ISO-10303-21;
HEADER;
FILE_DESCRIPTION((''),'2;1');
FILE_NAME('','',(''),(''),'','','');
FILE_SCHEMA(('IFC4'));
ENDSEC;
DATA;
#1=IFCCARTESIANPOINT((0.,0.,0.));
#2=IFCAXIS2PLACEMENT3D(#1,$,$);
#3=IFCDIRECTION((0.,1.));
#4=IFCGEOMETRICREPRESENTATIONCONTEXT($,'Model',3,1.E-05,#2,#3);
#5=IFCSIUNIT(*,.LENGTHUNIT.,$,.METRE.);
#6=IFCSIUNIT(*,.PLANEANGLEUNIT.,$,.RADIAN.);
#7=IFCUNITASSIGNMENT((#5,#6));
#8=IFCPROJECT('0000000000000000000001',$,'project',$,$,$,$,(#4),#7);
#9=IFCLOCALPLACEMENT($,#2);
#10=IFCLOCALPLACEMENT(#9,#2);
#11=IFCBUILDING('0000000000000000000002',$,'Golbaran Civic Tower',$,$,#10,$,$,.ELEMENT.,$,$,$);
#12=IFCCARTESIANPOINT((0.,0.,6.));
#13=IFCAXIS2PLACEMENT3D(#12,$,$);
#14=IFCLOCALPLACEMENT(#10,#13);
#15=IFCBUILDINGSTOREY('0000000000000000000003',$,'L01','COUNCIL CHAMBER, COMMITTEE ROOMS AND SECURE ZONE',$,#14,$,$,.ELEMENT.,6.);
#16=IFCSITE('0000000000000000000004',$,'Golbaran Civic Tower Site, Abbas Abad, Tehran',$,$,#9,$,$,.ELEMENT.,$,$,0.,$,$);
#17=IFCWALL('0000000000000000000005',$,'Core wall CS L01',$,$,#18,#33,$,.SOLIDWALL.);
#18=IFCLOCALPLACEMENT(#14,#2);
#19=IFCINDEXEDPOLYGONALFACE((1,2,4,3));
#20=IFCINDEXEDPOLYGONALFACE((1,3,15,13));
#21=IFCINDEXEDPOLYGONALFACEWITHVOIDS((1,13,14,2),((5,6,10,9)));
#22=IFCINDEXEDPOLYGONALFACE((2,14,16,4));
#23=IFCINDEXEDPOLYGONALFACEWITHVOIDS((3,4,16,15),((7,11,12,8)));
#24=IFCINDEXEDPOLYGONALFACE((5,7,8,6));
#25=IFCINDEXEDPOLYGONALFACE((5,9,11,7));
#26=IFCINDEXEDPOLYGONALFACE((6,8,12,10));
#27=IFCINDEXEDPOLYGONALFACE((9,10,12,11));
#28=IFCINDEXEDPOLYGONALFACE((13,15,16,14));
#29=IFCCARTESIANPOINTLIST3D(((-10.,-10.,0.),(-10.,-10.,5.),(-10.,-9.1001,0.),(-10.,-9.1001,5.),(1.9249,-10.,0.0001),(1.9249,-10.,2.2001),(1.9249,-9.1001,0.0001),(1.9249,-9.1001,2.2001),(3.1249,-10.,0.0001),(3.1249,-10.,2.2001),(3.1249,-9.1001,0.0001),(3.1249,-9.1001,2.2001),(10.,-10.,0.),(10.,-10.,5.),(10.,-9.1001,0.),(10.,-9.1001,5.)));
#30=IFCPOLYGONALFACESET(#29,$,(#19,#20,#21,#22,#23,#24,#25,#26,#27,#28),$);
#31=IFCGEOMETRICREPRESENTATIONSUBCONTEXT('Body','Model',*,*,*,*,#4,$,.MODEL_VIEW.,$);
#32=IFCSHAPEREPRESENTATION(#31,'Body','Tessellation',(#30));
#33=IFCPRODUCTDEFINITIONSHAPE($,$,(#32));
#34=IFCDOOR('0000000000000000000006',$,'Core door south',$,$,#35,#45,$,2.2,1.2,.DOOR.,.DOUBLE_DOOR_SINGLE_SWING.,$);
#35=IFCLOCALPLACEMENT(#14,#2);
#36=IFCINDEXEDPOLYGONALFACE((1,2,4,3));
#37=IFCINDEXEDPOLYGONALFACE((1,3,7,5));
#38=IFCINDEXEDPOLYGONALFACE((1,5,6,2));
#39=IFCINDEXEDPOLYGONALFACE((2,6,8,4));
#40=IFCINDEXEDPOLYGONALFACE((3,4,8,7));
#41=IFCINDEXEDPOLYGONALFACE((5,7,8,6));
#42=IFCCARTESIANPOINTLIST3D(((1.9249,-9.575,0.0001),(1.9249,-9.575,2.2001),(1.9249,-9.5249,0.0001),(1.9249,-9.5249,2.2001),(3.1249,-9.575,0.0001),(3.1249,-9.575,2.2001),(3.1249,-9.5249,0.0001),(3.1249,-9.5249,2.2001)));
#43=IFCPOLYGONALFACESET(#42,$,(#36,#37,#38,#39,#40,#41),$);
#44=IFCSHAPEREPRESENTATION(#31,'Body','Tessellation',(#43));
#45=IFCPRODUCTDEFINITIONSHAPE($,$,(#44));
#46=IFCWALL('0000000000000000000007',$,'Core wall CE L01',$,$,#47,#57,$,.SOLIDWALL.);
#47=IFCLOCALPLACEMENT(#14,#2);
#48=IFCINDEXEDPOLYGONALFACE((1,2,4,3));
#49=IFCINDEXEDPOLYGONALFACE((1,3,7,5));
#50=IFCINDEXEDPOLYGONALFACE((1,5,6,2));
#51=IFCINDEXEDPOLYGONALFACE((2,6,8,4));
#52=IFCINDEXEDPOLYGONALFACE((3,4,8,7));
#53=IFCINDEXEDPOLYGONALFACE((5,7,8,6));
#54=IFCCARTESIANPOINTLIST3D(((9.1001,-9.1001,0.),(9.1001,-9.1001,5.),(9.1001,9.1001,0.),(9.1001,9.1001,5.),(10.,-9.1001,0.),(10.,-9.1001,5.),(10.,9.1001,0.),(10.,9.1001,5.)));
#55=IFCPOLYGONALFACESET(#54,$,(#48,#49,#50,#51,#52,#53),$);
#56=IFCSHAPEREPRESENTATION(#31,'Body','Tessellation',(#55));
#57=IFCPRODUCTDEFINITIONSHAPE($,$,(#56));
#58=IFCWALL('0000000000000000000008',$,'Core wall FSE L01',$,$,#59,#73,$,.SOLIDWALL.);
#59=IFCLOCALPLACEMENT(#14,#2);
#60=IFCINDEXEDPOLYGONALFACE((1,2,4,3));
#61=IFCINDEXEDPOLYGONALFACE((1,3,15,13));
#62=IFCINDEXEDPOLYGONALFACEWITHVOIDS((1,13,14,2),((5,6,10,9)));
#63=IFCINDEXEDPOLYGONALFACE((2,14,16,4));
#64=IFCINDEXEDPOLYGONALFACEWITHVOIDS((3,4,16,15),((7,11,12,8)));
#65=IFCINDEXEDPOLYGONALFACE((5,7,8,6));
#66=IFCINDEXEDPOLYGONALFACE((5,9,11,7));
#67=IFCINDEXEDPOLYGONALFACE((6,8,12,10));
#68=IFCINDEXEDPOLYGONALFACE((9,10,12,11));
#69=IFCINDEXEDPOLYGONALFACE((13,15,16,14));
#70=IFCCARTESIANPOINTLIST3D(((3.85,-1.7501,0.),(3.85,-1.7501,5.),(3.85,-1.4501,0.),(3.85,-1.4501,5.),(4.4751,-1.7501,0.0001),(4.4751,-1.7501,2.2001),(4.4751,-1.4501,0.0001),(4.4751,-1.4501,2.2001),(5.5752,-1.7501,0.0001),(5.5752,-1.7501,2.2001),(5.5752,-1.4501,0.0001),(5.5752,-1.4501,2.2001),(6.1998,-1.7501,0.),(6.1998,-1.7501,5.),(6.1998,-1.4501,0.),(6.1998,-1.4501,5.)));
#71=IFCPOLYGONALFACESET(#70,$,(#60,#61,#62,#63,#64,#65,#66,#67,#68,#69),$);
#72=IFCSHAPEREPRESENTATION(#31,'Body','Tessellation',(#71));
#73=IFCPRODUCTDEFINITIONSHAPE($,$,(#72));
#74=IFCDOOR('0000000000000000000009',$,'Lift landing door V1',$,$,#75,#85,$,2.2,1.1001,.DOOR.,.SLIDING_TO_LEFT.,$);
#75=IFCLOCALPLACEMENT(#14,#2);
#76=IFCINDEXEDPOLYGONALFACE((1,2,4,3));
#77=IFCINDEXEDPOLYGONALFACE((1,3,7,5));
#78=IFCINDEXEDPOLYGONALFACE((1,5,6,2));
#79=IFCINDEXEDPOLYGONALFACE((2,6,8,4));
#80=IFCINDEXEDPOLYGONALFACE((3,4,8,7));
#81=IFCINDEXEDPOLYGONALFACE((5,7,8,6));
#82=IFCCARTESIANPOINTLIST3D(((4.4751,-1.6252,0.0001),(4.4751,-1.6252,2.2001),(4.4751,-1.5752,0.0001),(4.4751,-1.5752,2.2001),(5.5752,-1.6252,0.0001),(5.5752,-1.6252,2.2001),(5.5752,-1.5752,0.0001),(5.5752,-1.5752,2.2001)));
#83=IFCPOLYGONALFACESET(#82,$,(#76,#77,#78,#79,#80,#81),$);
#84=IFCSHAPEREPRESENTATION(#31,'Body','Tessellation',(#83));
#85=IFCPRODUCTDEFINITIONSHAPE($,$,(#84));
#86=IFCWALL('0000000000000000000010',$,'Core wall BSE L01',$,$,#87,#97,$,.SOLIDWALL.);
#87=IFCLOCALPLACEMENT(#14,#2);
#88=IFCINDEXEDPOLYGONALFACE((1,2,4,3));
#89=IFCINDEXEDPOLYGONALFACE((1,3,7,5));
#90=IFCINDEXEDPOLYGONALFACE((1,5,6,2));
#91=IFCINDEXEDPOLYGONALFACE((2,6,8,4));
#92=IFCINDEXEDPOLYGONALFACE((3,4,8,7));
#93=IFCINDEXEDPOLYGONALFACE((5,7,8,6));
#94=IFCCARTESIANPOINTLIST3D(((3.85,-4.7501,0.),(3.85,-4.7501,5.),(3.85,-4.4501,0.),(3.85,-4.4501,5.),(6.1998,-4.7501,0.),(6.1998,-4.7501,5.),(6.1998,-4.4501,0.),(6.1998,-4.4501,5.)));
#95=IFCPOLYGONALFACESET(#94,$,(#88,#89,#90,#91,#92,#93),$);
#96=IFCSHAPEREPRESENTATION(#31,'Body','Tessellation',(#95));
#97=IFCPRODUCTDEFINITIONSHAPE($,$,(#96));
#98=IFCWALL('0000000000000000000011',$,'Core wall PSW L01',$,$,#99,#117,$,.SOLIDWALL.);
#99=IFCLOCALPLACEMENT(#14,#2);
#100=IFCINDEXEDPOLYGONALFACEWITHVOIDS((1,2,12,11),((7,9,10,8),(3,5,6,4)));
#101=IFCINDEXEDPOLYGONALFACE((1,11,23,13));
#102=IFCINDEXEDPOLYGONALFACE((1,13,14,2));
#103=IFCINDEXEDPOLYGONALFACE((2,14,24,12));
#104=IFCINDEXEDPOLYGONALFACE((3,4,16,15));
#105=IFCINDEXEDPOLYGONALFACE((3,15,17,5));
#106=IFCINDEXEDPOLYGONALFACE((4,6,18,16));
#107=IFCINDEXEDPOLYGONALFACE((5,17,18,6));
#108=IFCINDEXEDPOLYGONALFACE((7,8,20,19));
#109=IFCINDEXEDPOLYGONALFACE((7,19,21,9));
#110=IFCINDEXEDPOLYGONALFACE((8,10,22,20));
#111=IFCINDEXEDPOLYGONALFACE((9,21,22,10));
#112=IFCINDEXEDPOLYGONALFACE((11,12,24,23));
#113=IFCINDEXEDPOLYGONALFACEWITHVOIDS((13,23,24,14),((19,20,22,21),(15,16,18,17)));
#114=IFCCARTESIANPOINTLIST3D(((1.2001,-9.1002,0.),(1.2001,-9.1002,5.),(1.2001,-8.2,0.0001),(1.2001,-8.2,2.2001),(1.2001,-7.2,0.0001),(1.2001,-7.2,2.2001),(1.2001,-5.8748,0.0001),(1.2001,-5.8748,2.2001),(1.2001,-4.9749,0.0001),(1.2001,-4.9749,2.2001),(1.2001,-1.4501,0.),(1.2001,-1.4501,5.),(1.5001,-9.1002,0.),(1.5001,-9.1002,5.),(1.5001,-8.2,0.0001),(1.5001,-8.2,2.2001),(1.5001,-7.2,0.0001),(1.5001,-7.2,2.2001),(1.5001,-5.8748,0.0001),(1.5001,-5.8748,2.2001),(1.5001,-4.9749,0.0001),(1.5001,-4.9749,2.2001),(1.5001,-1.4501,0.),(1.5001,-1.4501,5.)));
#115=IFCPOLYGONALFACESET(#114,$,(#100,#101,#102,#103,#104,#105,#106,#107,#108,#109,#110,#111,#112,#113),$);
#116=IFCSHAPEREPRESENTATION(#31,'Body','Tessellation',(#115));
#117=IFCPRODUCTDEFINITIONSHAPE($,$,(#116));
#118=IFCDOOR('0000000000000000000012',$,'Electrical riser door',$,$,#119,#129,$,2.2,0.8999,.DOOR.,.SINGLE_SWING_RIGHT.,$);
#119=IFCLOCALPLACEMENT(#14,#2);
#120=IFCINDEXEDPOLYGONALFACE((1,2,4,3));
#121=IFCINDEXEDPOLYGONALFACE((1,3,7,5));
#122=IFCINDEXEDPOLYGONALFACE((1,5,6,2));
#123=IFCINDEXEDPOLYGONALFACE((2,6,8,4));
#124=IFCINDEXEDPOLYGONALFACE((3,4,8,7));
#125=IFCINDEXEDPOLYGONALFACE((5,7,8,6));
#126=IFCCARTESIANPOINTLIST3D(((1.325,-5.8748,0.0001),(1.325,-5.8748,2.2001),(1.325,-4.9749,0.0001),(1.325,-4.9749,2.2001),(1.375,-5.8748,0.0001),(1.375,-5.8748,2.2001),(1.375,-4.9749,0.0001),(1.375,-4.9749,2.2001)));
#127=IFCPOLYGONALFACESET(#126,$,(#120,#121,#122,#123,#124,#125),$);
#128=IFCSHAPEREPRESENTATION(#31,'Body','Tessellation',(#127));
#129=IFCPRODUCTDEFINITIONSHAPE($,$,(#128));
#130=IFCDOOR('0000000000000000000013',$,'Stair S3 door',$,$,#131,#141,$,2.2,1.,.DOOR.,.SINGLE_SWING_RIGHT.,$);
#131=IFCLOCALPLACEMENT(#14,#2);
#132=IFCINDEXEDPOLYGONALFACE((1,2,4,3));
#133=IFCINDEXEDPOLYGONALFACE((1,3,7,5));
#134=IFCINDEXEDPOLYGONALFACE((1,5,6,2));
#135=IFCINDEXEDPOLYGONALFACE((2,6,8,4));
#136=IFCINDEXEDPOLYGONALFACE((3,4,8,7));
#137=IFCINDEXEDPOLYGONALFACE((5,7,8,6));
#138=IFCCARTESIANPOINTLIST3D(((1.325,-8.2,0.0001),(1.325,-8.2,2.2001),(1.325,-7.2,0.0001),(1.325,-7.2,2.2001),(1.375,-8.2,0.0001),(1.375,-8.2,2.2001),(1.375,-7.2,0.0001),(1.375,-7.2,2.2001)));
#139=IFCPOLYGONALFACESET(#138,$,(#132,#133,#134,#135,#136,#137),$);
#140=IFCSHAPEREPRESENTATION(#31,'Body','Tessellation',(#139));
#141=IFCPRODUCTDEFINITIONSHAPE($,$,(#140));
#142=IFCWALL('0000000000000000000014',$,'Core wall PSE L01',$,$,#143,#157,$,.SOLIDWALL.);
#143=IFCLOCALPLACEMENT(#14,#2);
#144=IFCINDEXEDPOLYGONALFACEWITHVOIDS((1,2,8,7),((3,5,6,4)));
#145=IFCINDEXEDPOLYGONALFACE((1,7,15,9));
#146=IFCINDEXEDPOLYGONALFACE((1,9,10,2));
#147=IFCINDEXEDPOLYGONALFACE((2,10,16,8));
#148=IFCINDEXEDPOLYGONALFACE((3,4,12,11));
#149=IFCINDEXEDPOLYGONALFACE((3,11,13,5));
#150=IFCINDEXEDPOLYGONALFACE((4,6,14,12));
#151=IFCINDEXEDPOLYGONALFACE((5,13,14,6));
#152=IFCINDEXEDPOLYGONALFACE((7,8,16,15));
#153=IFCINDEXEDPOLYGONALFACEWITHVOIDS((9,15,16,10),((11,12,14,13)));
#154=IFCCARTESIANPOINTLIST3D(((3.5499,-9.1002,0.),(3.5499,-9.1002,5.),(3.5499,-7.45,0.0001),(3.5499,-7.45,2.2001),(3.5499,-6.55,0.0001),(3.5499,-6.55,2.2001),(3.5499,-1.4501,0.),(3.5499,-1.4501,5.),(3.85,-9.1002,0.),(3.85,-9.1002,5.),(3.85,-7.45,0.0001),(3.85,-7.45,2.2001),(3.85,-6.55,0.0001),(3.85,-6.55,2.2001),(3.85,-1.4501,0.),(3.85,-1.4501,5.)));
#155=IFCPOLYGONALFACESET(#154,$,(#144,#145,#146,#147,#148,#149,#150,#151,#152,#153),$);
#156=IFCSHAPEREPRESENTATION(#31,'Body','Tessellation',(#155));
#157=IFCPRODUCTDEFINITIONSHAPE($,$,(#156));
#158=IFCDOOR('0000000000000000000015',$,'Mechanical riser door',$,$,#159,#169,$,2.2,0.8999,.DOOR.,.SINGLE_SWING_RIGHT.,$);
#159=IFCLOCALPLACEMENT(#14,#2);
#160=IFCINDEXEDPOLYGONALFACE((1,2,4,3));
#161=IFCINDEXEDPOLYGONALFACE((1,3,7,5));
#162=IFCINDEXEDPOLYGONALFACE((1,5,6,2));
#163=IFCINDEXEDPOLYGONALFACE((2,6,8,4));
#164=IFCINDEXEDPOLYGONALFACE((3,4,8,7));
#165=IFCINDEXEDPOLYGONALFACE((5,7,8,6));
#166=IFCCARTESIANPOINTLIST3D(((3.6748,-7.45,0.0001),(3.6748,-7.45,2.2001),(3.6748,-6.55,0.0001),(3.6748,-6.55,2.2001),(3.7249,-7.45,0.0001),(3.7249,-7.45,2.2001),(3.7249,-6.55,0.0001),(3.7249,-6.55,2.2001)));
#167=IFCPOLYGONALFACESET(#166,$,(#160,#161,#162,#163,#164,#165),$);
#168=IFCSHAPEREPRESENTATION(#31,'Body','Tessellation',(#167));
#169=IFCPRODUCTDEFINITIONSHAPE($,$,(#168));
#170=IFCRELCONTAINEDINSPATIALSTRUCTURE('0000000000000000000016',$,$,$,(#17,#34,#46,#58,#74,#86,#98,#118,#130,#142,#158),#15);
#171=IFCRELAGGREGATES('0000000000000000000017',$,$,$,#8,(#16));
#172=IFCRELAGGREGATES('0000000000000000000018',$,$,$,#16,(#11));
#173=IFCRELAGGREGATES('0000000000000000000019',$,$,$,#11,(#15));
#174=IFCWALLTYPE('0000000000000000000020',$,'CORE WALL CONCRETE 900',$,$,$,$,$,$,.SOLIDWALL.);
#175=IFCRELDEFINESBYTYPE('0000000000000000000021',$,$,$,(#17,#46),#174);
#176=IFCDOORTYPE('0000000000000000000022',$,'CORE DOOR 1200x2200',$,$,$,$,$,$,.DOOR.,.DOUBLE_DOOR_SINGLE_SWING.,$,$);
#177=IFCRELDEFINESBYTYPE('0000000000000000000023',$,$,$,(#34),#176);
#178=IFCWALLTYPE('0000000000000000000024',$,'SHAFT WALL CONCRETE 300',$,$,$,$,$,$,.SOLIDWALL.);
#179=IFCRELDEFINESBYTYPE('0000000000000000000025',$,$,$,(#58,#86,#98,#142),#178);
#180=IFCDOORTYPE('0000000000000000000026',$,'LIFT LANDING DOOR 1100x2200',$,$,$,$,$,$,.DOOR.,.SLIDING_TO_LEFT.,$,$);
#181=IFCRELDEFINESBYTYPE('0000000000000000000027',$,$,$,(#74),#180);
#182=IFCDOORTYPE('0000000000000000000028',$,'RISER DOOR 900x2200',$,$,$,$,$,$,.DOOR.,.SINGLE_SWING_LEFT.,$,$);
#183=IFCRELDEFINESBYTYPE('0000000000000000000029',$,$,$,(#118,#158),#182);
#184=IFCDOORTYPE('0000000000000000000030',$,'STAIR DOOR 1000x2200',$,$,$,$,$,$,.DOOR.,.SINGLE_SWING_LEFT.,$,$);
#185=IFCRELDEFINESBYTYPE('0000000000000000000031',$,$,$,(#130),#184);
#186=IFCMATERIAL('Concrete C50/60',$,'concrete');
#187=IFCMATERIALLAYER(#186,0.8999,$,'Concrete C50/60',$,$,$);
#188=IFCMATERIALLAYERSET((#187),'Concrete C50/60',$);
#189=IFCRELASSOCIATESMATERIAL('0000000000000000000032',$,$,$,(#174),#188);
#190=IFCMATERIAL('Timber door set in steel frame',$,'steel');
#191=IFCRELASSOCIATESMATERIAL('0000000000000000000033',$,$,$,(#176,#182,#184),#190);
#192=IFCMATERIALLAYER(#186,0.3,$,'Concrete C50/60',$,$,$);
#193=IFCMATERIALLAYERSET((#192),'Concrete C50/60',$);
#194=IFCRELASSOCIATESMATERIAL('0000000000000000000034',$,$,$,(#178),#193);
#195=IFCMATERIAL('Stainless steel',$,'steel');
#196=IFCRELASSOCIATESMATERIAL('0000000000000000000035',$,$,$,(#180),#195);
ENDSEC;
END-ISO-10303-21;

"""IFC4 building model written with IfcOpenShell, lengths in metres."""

from ifc_helpers import new_model, si_unit, direction, frame, frame_2d, origin, place, context, subcontext, project, spatial, rectangle, extrude, material, layer, layer_set, type_object, element, fill, save


model = new_model("IFC4")

# Units and contexts
model_context = context("Model", 3, precision=1e-05, world=origin(), true_north=direction((0.0, 1.0)))
body_context = subcontext(model_context, "Body", "Model", "MODEL_VIEW")
ifc_project = project(units=[si_unit("LENGTHUNIT", "METRE"), si_unit("PLANEANGLEUNIT", "RADIAN")], contexts=[model_context])

# Site, building, storey
site_placement = place(None, origin())
site = spatial("IfcSite", under=ifc_project, at=site_placement, Name="Golbaran Civic Tower Site, Abbas Abad, Tehran", CompositionType="ELEMENT", RefElevation=0.0)
building_placement = place(site_placement, origin())
building = spatial("IfcBuilding", under=site, at=building_placement, Name="Golbaran Civic Tower", CompositionType="ELEMENT")
storey_placement = place(building_placement, frame((0.0, 0.0, 6.0)))
storey = spatial("IfcBuildingStorey", under=building, at=storey_placement, Name="L01", Description="COUNCIL CHAMBER, COMMITTEE ROOMS AND SECURE ZONE", CompositionType="ELEMENT", Elevation=6.0)

# Wall, opening, door
ifc_material_1 = material(Name="Concrete C50/60", Category="concrete")
ifc_layer_1 = layer(ifc_material_1, 0.8999, Name="Concrete C50/60")
ifc_layer_set_1 = layer_set([ifc_layer_1], Name="Concrete C50/60")
wall_type_1 = type_object("IfcWallType", Name="CORE WALL CONCRETE 900", PredefinedType="SOLIDWALL", material=ifc_layer_set_1)
wall_1_placement = place(storey_placement, frame((10.0, -9.55, 0.0), z_axis=(0.0, 0.0, 1.0), x_axis=(-1.0, 0.0, 0.0)))
wall_1 = element("IfcWall", 1, at=wall_1_placement, inside=storey, type_object=wall_type_1, Name="Core wall CS L01", PredefinedType="SOLIDWALL", context=body_context, shape_type="SweptSolid", body=[
    extrude(rectangle(XDim=20.0, YDim=0.8999, at=frame_2d((10.0, 0.0))), origin(), (0.0, 0.0, 1.0), 5.0),
])
opening_1_placement = place(wall_1_placement, frame((6.875, 0.0, 0.0)))
opening_1 = element("IfcOpeningElement", 2, at=opening_1_placement, cuts=wall_1, PredefinedType="OPENING", context=body_context, shape_type="SweptSolid", body=[
    extrude(rectangle(XDim=1.2, YDim=2.2, at=frame_2d((0.6001, 1.1001))), frame((0.0, 0.46, 0.0), z_axis=(0.0, -1.0, 0.0), x_axis=(1.0, 0.0, 0.0)), (0.0, 0.0, 1.0), 0.9199),
])
ifc_material_2 = material(Name="Timber door set in steel frame", Category="steel")
door_type_1 = type_object("IfcDoorType", Name="CORE DOOR 1200x2200", OperationType="DOUBLE_DOOR_SINGLE_SWING", PredefinedType="DOOR", material=ifc_material_2)
door_1_placement = place(opening_1_placement, origin())
door_1 = element("IfcDoor", 3, at=door_1_placement, inside=storey, type_object=door_type_1, Name="Core door south", OperationType="DOUBLE_DOOR_SINGLE_SWING", OverallHeight=2.2, OverallWidth=1.2, PredefinedType="DOOR", context=body_context, shape_type="SweptSolid", body=[
    extrude(rectangle(XDim=1.2, YDim=2.2, at=frame_2d((0.6001, 1.1001))), frame((0.0, 0.0249, 0.0), z_axis=(0.0, -1.0, 0.0), x_axis=(1.0, 0.0, 0.0)), (0.0, 0.0, 1.0), 0.05),
])
fill(opening_1, door_1)

# Wall
wall_2_placement = place(storey_placement, frame((9.55, -9.1001, 0.0), z_axis=(0.0, 0.0, 1.0), x_axis=(0.0, 1.0, 0.0)))
element("IfcWall", 4, at=wall_2_placement, inside=storey, type_object=wall_type_1, Name="Core wall CE L01", PredefinedType="SOLIDWALL", context=body_context, shape_type="SweptSolid", body=[
    extrude(rectangle(XDim=18.2002, YDim=0.8999, at=frame_2d((9.1001, 0.0))), origin(), (0.0, 0.0, 1.0), 5.0),
])

# Wall, opening, door
ifc_layer_2 = layer(ifc_material_1, 0.3, Name="Concrete C50/60")
ifc_layer_set_2 = layer_set([ifc_layer_2], Name="Concrete C50/60")
wall_type_2 = type_object("IfcWallType", Name="SHAFT WALL CONCRETE 300", PredefinedType="SOLIDWALL", material=ifc_layer_set_2)
wall_3_placement = place(storey_placement, frame((3.8501, -1.6001, 0.0), z_axis=(0.0, 0.0, 1.0), x_axis=(1.0, 0.0, 0.0)))
wall_3 = element("IfcWall", 5, at=wall_3_placement, inside=storey, type_object=wall_type_2, Name="Core wall FSE L01", PredefinedType="SOLIDWALL", context=body_context, shape_type="SweptSolid", body=[
    extrude(rectangle(XDim=2.3499, YDim=0.3, at=frame_2d((1.1748, 0.0))), origin(), (0.0, 0.0, 1.0), 5.0),
])
opening_2_placement = place(wall_3_placement, frame((0.625, 0.0, 0.0)))
opening_2 = element("IfcOpeningElement", 6, at=opening_2_placement, cuts=wall_3, PredefinedType="OPENING", context=body_context, shape_type="SweptSolid", body=[
    extrude(rectangle(XDim=1.1001, YDim=2.2, at=frame_2d((0.55, 1.1001))), frame((0.0, 0.1599, 0.0), z_axis=(0.0, -1.0, 0.0), x_axis=(1.0, 0.0, 0.0)), (0.0, 0.0, 1.0), 0.3201),
])
ifc_material_3 = material(Name="Stainless steel", Category="steel")
door_type_2 = type_object("IfcDoorType", Name="LIFT LANDING DOOR 1100x2200", OperationType="SLIDING_TO_LEFT", PredefinedType="DOOR", material=ifc_material_3)
door_2_placement = place(opening_2_placement, origin())
door_2 = element("IfcDoor", 7, at=door_2_placement, inside=storey, type_object=door_type_2, Name="Lift landing door V1", OperationType="SLIDING_TO_LEFT", OverallHeight=2.2, OverallWidth=1.1001, PredefinedType="DOOR", context=body_context, shape_type="SweptSolid", body=[
    extrude(rectangle(XDim=1.1001, YDim=2.2, at=frame_2d((0.55, 1.1001))), frame((0.0, 0.0249, 0.0), z_axis=(0.0, -1.0, 0.0), x_axis=(1.0, 0.0, 0.0)), (0.0, 0.0, 1.0), 0.05),
])
fill(opening_2, door_2)

# Wall
wall_4_placement = place(storey_placement, frame((3.8501, -4.6001, 0.0), z_axis=(0.0, 0.0, 1.0), x_axis=(1.0, 0.0, 0.0)))
element("IfcWall", 8, at=wall_4_placement, inside=storey, type_object=wall_type_2, Name="Core wall BSE L01", PredefinedType="SOLIDWALL", context=body_context, shape_type="SweptSolid", body=[
    extrude(rectangle(XDim=2.3499, YDim=0.3, at=frame_2d((1.1748, 0.0))), origin(), (0.0, 0.0, 1.0), 5.0),
])

# Wall, openings, doors
wall_5_placement = place(storey_placement, frame((1.3501, -1.45, 0.0), z_axis=(0.0, 0.0, 1.0), x_axis=(0.0, -1.0, 0.0)))
wall_5 = element("IfcWall", 9, at=wall_5_placement, inside=storey, type_object=wall_type_2, Name="Core wall PSW L01", PredefinedType="SOLIDWALL", context=body_context, shape_type="SweptSolid", body=[
    extrude(rectangle(XDim=7.6501, YDim=0.3, at=frame_2d((3.8252, 0.0))), origin(), (0.0, 0.0, 1.0), 5.0),
])
opening_3_placement = place(wall_5_placement, frame((5.75, 0.0, 0.0)))
opening_3 = element("IfcOpeningElement", 10, at=opening_3_placement, cuts=wall_5, PredefinedType="OPENING", context=body_context, shape_type="SweptSolid", body=[
    extrude(rectangle(XDim=1.0, YDim=2.2, at=frame_2d((0.5, 1.1001))), frame((0.0, 0.1599, 0.0), z_axis=(0.0, -1.0, 0.0), x_axis=(1.0, 0.0, 0.0)), (0.0, 0.0, 1.0), 0.3201),
])
opening_4_placement = place(wall_5_placement, frame((3.5249, 0.0, 0.0)))
opening_4 = element("IfcOpeningElement", 11, at=opening_4_placement, cuts=wall_5, PredefinedType="OPENING", context=body_context, shape_type="SweptSolid", body=[
    extrude(rectangle(XDim=0.8999, YDim=2.2, at=frame_2d((0.45, 1.1001))), frame((0.0, 0.1599, 0.0), z_axis=(0.0, -1.0, 0.0), x_axis=(1.0, 0.0, 0.0)), (0.0, 0.0, 1.0), 0.3201),
])
door_type_3 = type_object("IfcDoorType", Name="RISER DOOR 900x2200", OperationType="SINGLE_SWING_LEFT", PredefinedType="DOOR", material=ifc_material_2)
door_3_placement = place(opening_4_placement, origin())
door_3 = element("IfcDoor", 12, at=door_3_placement, inside=storey, type_object=door_type_3, Name="Electrical riser door", OperationType="SINGLE_SWING_RIGHT", OverallHeight=2.2, OverallWidth=0.8999, PredefinedType="DOOR", context=body_context, shape_type="SweptSolid", body=[
    extrude(rectangle(XDim=0.8999, YDim=2.2, at=frame_2d((0.45, 1.1001))), frame((0.0, 0.0249, 0.0), z_axis=(0.0, -1.0, 0.0), x_axis=(1.0, 0.0, 0.0)), (0.0, 0.0, 1.0), 0.05),
])
fill(opening_4, door_3)
door_type_4 = type_object("IfcDoorType", Name="STAIR DOOR 1000x2200", OperationType="SINGLE_SWING_LEFT", PredefinedType="DOOR", material=ifc_material_2)
door_4_placement = place(opening_3_placement, origin())
door_4 = element("IfcDoor", 13, at=door_4_placement, inside=storey, type_object=door_type_4, Name="Stair S3 door", OperationType="SINGLE_SWING_RIGHT", OverallHeight=2.2, OverallWidth=1.0, PredefinedType="DOOR", context=body_context, shape_type="SweptSolid", body=[
    extrude(rectangle(XDim=1.0, YDim=2.2, at=frame_2d((0.5, 1.1001))), frame((0.0, 0.0249, 0.0), z_axis=(0.0, -1.0, 0.0), x_axis=(1.0, 0.0, 0.0)), (0.0, 0.0, 1.0), 0.05),
])
fill(opening_3, door_4)

# Wall, opening, door
wall_6_placement = place(storey_placement, frame((3.7, -1.45, 0.0), z_axis=(0.0, 0.0, 1.0), x_axis=(0.0, -1.0, 0.0)))
wall_6 = element("IfcWall", 14, at=wall_6_placement, inside=storey, type_object=wall_type_2, Name="Core wall PSE L01", PredefinedType="SOLIDWALL", context=body_context, shape_type="SweptSolid", body=[
    extrude(rectangle(XDim=7.6501, YDim=0.3, at=frame_2d((3.8252, 0.0))), origin(), (0.0, 0.0, 1.0), 5.0),
])
opening_5_placement = place(wall_6_placement, frame((5.1001, 0.0, 0.0)))
opening_5 = element("IfcOpeningElement", 15, at=opening_5_placement, cuts=wall_6, PredefinedType="OPENING", context=body_context, shape_type="SweptSolid", body=[
    extrude(rectangle(XDim=0.8999, YDim=2.2, at=frame_2d((0.45, 1.1001))), frame((0.0, 0.1599, 0.0), z_axis=(0.0, -1.0, 0.0), x_axis=(1.0, 0.0, 0.0)), (0.0, 0.0, 1.0), 0.3201),
])
door_5_placement = place(opening_5_placement, origin())
door_5 = element("IfcDoor", 16, at=door_5_placement, inside=storey, type_object=door_type_3, Name="Mechanical riser door", OperationType="SINGLE_SWING_RIGHT", OverallHeight=2.2, OverallWidth=0.8999, PredefinedType="DOOR", context=body_context, shape_type="SweptSolid", body=[
    extrude(rectangle(XDim=0.8999, YDim=2.2, at=frame_2d((0.45, 1.1001))), frame((0.0, 0.0249, 0.0), z_axis=(0.0, -1.0, 0.0), x_axis=(1.0, 0.0, 0.0)), (0.0, 0.0, 1.0), 0.05),
])
fill(opening_5, door_5)

save(model, "model.ifc")
